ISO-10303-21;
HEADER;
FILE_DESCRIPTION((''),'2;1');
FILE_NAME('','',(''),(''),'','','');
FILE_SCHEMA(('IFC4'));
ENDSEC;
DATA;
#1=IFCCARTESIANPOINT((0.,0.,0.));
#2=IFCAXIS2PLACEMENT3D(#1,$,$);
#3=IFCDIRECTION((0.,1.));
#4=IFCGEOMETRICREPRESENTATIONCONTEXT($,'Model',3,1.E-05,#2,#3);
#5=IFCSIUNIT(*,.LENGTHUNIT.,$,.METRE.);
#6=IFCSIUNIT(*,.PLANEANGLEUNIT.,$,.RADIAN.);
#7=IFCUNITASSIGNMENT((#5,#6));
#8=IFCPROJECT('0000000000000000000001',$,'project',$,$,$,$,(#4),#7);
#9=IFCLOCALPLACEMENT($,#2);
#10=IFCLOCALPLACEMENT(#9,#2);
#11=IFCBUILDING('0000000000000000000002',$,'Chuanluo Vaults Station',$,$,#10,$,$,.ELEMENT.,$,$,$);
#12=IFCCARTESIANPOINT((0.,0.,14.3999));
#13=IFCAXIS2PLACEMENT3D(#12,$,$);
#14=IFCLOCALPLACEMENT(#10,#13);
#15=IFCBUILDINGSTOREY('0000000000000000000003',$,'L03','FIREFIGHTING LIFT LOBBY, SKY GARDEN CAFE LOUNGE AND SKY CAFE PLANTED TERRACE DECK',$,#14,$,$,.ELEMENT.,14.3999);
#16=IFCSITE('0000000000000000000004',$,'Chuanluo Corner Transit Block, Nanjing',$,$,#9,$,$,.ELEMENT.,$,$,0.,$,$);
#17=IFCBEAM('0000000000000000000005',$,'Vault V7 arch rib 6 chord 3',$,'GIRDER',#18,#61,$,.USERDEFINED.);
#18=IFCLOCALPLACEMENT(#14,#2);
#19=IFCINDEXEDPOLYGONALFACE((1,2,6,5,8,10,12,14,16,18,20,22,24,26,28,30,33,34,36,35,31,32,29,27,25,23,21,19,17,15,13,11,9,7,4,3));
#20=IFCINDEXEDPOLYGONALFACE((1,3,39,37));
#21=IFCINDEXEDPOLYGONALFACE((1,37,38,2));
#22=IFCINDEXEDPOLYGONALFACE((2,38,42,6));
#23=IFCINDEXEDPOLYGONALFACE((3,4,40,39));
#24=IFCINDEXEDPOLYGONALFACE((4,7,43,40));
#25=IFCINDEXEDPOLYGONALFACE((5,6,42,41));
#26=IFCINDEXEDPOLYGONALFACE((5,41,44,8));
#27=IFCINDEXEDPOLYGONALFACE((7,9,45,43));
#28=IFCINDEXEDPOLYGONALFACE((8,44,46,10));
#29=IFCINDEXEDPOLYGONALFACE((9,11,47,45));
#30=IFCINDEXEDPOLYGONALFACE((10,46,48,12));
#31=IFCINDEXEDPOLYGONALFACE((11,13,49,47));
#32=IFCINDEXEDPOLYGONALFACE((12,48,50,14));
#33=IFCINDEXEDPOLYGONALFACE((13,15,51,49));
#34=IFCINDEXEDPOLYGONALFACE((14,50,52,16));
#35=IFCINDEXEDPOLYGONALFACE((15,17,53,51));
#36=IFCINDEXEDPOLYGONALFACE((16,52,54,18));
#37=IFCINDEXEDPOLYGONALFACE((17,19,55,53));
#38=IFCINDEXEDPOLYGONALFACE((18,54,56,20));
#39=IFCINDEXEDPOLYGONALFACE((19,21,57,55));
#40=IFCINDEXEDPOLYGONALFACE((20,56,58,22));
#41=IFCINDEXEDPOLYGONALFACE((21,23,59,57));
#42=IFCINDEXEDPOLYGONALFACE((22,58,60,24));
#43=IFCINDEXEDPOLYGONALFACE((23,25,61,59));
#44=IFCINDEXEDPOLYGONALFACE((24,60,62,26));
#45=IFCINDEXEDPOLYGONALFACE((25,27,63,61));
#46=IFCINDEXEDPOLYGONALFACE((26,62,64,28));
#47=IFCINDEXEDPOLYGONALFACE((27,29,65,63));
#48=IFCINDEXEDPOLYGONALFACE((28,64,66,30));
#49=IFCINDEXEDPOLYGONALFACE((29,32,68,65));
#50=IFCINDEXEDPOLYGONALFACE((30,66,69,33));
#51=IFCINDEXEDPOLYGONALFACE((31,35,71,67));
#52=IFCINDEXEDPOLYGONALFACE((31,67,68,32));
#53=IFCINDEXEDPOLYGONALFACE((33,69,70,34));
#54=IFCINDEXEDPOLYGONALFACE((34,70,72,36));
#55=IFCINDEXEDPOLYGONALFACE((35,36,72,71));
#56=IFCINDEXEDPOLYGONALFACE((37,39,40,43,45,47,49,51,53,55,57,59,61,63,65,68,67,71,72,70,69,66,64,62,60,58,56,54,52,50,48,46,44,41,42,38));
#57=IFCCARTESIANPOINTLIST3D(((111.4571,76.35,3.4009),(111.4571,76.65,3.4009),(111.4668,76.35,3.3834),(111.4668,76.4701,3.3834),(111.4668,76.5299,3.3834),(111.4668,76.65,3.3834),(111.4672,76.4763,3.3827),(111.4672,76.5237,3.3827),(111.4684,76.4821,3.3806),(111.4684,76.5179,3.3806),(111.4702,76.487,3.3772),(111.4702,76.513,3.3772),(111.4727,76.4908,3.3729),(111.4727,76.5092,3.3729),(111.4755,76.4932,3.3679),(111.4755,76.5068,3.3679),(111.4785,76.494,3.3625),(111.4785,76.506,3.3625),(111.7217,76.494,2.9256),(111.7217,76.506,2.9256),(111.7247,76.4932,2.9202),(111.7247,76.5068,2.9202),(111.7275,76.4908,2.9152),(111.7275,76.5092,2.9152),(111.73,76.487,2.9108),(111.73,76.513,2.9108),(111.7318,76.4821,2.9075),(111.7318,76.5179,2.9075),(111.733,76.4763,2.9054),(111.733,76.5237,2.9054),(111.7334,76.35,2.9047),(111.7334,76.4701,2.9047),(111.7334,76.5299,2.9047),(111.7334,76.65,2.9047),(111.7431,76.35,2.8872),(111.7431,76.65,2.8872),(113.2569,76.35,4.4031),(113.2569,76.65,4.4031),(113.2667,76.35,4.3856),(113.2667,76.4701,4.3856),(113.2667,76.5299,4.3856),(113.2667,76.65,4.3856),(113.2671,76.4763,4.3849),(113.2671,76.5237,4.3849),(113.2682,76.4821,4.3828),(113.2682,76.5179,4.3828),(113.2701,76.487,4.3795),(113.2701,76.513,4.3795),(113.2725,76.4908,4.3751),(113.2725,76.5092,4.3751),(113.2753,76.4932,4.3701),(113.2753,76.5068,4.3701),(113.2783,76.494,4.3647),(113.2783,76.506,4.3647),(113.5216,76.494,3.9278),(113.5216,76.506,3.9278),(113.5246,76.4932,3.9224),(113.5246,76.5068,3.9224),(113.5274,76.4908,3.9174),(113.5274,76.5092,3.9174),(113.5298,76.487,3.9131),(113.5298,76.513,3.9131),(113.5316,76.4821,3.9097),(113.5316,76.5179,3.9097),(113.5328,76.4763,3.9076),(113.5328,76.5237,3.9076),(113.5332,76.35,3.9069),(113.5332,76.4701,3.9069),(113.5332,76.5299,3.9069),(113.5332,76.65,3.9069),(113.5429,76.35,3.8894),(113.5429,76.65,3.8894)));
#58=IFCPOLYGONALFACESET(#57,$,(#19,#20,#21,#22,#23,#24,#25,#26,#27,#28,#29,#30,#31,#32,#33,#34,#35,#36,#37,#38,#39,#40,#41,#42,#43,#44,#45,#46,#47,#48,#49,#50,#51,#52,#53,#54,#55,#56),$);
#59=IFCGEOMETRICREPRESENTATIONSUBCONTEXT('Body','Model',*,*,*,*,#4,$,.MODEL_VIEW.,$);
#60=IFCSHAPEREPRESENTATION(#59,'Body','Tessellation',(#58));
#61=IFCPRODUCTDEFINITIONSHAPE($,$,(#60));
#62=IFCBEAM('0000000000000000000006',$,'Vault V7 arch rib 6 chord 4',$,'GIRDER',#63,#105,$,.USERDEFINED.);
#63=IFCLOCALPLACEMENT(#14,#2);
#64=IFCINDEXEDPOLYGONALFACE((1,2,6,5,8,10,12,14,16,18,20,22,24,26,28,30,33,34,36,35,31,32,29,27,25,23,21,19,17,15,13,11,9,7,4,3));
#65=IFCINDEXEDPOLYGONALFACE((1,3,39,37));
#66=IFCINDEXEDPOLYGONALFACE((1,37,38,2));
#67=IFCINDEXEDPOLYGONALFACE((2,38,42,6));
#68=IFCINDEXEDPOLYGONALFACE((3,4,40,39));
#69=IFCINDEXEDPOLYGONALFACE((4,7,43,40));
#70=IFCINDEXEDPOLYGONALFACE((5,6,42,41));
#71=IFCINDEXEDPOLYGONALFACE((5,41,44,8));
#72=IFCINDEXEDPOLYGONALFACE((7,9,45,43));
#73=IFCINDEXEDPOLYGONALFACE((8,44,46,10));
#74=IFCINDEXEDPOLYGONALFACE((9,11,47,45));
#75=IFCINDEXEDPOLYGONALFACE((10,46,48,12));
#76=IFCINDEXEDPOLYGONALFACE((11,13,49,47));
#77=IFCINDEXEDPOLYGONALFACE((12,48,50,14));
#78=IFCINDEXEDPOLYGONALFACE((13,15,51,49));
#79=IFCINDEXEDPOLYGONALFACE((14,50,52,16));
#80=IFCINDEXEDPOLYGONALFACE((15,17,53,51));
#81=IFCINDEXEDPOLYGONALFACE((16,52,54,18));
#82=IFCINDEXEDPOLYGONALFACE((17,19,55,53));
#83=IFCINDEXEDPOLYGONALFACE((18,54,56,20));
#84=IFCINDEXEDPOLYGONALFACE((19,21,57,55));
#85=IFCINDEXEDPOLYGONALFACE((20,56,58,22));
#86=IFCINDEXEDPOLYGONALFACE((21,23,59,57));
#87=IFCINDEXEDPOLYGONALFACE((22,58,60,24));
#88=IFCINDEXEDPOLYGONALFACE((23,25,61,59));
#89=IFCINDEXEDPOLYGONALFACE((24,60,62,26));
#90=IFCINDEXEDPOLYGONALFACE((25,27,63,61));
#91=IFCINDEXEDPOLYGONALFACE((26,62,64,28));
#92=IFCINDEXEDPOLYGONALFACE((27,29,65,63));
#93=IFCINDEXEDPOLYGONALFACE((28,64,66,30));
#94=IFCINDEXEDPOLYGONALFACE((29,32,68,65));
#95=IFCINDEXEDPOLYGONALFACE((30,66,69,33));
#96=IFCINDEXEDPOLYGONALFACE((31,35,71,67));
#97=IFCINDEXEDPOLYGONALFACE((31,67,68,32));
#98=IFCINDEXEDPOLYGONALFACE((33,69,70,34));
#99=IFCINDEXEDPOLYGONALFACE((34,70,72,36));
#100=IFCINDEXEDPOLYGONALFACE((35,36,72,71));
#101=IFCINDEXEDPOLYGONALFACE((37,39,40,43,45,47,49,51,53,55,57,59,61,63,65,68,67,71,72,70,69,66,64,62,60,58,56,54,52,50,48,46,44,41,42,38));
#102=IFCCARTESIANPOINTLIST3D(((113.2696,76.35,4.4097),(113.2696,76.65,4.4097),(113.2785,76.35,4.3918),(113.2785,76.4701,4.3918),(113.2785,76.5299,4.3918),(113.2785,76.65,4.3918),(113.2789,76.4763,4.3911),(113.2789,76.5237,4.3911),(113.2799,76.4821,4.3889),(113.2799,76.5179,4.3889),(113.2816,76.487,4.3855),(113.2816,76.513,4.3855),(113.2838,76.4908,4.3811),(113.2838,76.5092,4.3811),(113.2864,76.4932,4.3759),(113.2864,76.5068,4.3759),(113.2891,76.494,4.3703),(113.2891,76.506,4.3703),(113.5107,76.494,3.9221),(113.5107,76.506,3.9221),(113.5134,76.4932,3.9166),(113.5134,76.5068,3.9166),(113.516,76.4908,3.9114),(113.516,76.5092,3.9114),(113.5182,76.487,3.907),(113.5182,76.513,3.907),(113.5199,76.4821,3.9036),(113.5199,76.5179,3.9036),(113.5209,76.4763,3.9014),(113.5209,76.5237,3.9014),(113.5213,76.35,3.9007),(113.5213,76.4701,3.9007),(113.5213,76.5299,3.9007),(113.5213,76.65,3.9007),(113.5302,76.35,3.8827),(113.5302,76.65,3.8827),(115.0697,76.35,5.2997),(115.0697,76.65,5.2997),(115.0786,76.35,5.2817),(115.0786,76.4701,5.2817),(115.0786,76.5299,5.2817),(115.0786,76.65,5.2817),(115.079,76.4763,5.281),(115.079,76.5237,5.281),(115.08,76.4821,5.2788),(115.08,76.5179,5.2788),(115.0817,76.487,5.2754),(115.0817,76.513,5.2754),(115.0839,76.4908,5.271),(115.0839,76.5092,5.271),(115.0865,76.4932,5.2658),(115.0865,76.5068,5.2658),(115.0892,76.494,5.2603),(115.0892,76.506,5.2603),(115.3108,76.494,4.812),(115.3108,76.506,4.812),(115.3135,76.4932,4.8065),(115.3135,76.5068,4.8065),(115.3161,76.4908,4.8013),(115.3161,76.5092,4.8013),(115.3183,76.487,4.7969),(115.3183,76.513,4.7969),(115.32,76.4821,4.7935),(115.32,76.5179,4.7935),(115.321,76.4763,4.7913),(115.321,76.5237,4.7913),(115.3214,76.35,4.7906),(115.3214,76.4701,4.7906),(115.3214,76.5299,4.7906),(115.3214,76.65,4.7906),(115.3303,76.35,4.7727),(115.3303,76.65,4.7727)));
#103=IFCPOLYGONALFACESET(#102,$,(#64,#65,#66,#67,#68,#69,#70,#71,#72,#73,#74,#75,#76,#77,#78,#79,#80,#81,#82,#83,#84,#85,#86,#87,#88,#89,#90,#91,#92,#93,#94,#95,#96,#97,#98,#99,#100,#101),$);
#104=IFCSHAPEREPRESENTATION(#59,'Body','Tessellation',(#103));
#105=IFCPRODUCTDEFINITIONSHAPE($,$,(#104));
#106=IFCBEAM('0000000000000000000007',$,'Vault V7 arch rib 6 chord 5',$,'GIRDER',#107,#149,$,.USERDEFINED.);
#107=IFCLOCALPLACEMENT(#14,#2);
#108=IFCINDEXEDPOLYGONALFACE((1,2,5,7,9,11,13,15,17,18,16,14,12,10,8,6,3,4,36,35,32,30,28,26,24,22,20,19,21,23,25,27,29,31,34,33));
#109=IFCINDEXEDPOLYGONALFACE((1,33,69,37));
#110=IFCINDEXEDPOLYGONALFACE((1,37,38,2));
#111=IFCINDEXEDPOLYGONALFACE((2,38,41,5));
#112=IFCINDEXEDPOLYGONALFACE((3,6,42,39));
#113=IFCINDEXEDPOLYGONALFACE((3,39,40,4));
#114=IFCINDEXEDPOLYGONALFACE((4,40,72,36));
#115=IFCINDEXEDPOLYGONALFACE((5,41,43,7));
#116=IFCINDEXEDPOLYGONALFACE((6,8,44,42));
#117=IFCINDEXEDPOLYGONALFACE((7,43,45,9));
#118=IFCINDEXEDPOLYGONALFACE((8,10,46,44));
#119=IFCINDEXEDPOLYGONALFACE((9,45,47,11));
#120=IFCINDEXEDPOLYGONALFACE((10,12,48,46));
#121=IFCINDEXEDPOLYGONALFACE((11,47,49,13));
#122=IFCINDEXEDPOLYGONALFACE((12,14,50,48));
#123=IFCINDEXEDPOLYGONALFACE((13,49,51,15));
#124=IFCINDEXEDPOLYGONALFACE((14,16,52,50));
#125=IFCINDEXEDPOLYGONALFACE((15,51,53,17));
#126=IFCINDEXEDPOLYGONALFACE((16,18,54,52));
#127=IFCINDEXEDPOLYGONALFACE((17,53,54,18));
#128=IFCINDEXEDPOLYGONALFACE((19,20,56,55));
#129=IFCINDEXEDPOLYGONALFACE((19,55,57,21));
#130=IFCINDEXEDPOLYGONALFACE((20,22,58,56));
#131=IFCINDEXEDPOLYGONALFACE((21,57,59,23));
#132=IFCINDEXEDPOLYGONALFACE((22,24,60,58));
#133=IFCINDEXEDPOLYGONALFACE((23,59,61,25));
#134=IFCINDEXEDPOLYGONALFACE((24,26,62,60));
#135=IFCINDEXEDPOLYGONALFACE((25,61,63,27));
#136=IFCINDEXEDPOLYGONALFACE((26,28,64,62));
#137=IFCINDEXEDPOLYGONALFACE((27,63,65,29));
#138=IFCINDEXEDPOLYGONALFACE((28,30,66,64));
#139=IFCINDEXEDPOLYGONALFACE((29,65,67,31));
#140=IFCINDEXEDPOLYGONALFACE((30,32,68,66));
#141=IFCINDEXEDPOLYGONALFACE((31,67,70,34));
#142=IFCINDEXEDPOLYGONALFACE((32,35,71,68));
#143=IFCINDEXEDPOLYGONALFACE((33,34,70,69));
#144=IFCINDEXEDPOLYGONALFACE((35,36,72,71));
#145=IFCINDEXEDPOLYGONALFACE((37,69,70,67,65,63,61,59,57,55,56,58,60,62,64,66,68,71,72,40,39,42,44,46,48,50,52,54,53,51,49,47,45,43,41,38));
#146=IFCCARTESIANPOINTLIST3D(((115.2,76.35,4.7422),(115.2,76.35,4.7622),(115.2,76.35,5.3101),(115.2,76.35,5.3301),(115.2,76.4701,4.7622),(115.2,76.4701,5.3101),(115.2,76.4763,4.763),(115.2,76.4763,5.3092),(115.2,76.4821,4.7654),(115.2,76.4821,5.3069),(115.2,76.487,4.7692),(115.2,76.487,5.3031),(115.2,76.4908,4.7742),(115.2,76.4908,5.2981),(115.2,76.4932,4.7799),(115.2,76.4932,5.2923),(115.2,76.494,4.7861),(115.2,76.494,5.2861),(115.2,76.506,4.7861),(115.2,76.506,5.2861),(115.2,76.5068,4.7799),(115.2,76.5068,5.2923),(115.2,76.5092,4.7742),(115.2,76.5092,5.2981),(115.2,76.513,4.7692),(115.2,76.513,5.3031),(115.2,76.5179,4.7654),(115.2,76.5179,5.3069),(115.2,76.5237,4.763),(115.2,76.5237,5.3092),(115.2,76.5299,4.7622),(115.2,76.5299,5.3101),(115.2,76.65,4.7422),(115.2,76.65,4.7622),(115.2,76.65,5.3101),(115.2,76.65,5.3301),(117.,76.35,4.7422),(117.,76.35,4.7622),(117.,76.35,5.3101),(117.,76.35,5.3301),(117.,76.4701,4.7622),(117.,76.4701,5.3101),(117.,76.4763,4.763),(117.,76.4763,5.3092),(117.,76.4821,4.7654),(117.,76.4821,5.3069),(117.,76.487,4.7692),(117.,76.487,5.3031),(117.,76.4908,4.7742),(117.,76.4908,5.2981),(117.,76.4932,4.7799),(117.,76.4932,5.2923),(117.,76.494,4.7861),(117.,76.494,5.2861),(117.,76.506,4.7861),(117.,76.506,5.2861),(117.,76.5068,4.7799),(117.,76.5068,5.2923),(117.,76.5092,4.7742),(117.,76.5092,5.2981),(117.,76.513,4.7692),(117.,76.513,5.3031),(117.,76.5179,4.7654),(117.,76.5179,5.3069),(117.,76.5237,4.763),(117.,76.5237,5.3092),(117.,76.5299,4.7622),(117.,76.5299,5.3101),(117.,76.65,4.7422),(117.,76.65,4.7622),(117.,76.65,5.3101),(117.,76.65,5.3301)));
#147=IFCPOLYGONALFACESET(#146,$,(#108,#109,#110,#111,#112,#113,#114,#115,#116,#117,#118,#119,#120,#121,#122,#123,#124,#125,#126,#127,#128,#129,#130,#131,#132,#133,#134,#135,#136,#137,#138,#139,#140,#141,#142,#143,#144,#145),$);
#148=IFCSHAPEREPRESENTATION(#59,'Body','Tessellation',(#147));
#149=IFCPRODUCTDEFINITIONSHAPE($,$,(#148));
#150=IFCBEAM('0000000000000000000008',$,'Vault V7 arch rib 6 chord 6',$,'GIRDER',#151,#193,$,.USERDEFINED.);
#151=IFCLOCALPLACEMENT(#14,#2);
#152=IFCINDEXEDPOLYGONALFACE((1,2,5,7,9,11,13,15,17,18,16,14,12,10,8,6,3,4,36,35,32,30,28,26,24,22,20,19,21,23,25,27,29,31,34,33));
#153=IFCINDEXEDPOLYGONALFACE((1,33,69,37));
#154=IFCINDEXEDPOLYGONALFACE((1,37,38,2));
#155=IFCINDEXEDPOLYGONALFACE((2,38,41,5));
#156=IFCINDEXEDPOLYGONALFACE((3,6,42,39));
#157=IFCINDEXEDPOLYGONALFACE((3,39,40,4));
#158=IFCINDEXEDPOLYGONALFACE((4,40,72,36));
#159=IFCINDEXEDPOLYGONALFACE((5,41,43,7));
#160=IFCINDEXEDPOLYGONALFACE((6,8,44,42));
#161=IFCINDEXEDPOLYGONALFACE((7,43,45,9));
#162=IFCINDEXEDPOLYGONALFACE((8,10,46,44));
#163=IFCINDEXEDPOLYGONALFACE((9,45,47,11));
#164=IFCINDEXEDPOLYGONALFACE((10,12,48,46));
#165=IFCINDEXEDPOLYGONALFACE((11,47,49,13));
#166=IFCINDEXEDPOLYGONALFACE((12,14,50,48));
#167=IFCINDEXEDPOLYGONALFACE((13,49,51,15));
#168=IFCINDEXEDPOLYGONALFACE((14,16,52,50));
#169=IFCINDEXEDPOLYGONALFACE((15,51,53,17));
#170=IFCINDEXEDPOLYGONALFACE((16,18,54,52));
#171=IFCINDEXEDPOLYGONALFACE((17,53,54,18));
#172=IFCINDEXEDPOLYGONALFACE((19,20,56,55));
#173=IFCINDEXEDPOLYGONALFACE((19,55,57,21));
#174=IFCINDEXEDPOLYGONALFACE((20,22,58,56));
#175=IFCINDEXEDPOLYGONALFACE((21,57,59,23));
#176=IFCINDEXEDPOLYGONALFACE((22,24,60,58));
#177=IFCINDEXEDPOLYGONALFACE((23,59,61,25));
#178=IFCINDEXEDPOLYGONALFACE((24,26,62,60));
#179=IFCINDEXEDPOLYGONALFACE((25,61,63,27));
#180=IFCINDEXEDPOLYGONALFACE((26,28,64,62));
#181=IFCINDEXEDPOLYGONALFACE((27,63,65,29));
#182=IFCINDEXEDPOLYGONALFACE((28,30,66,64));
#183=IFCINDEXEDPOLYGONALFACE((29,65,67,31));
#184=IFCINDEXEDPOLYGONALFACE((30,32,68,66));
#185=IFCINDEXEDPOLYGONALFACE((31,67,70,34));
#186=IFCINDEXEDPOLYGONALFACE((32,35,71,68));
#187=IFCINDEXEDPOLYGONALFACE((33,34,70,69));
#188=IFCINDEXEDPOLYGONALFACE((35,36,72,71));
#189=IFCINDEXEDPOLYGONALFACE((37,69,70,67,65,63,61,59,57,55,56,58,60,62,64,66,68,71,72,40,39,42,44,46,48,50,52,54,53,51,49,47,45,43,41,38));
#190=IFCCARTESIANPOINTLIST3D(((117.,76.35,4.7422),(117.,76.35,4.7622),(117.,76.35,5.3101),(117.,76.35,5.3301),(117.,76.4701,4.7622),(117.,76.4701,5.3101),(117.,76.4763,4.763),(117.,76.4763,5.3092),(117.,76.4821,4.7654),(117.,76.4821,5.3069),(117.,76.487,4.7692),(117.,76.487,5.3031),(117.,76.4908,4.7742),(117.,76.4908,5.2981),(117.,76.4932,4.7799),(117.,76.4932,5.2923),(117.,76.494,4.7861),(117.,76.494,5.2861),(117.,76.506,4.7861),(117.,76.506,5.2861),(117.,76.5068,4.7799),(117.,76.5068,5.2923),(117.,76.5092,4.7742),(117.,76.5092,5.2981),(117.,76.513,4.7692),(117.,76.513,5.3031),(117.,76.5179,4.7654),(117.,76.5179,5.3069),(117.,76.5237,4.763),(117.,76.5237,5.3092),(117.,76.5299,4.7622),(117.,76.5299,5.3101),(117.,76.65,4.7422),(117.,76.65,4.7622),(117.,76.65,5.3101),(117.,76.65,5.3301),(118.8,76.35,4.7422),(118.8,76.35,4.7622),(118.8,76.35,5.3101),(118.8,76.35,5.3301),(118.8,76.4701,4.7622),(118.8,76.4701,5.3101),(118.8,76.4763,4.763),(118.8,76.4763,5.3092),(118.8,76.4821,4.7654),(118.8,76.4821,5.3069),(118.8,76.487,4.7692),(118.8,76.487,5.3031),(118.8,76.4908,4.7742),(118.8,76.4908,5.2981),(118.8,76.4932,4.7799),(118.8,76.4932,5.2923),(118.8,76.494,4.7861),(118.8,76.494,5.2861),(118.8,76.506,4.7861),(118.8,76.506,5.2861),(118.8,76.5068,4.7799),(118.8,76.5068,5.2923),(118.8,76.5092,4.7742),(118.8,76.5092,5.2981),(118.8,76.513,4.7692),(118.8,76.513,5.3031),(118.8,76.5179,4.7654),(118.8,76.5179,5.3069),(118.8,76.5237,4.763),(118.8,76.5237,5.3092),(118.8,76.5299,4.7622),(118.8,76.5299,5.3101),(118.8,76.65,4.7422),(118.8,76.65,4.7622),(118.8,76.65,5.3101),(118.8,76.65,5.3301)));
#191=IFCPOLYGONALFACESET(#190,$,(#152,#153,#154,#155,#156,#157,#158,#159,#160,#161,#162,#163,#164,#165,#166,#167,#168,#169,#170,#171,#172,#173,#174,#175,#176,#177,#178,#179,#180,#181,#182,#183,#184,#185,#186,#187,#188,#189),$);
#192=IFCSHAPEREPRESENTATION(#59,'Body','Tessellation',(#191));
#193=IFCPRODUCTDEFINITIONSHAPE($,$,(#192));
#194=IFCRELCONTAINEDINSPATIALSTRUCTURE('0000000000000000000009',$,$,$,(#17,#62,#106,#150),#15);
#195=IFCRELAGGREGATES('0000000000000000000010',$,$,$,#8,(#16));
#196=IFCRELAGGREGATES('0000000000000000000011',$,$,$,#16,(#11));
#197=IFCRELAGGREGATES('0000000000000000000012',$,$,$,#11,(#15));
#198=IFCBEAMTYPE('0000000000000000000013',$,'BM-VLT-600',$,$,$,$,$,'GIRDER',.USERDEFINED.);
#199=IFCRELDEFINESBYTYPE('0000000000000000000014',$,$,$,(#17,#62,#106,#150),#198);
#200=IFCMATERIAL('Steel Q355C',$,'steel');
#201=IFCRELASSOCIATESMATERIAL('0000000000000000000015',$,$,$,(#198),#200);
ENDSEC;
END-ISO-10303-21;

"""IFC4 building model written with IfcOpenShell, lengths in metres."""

from ifc_helpers import new_model, si_unit, direction, frame, origin, origin_2d, place, context, subcontext, project, spatial, i_section, extrude, material, material_profile, profile_set, type_object, element, save


model = new_model("IFC4")

# Units and contexts
model_context = context("Model", 3, precision=1e-05, world=origin(), true_north=direction((0.0, 1.0)))
body_context = subcontext(model_context, "Body", "Model", "MODEL_VIEW")
ifc_project = project(units=[si_unit("LENGTHUNIT", "METRE"), si_unit("PLANEANGLEUNIT", "RADIAN")], contexts=[model_context])

# Site, building, storey
site_placement = place(None, origin())
site = spatial("IfcSite", under=ifc_project, at=site_placement, Name="Chuanluo Corner Transit Block, Nanjing", CompositionType="ELEMENT", RefElevation=0.0)
building_placement = place(site_placement, origin())
building = spatial("IfcBuilding", under=site, at=building_placement, Name="Chuanluo Vaults Station", CompositionType="ELEMENT")
storey_placement = place(building_placement, frame((0.0, 0.0, 14.3999)))
storey = spatial("IfcBuildingStorey", under=building, at=storey_placement, Name="L03", Description="FIREFIGHTING LIFT LOBBY, SKY GARDEN CAFE LOUNGE AND SKY CAFE PLANTED TERRACE DECK", CompositionType="ELEMENT", Elevation=14.3999)

# Beams
ifc_material_1 = material(Name="Steel Q355C", Category="steel")
ifc_material_profile_1 = material_profile(ifc_material_1, i_section(OverallWidth=0.3, OverallDepth=0.5879, WebThickness=0.012, FlangeThickness=0.02, FilletRadius=0.0239, at=origin_2d()))
ifc_profile_set_1 = profile_set([ifc_material_profile_1], Name="Steel Q355C")
beam_type_1 = type_object("IfcBeamType", Name="BM-VLT-600", ElementType="GIRDER", PredefinedType="USERDEFINED", material=ifc_profile_set_1)
beam_1_placement = place(storey_placement, frame((111.6001, 76.5, 3.144), z_axis=(0.873682, 0.0, 0.486498), x_axis=(0.0, 1.0, 0.0)))
element("IfcBeam", 1, at=beam_1_placement, inside=storey, type_object=beam_type_1, Name="Vault V7 arch rib 6 chord 3", ObjectType="GIRDER", PredefinedType="USERDEFINED", context=body_context, shape_type="SweptSolid", body=[
    extrude(i_section(OverallWidth=0.3, OverallDepth=0.5879, WebThickness=0.012, FlangeThickness=0.02, FilletRadius=0.0239, at=origin_2d()), origin(), (0.0, 0.0, 1.0), 2.0601),
])
beam_2_placement = place(storey_placement, frame((113.3999, 76.5, 4.1462), z_axis=(0.896436, 0.0, 0.443172), x_axis=(0.0, 1.0, 0.0)))
element("IfcBeam", 2, at=beam_2_placement, inside=storey, type_object=beam_type_1, Name="Vault V7 arch rib 6 chord 4", ObjectType="GIRDER", PredefinedType="USERDEFINED", context=body_context, shape_type="SweptSolid", body=[
    extrude(i_section(OverallWidth=0.3, OverallDepth=0.5879, WebThickness=0.012, FlangeThickness=0.02, FilletRadius=0.0239, at=origin_2d()), origin(), (0.0, 0.0, 1.0), 2.0081),
])
for number, where, z_axis, x_axis, name in (
    (3, (115.2, 76.5, 5.0361), (1.0, 0.0, 0.0), (0.0, 1.0, 0.0), "Vault V7 arch rib 6 chord 5"),
    (4, (117.0, 76.5, 5.0361), (1.0, 0.0, 0.0), (0.0, 1.0, 0.0), "Vault V7 arch rib 6 chord 6"),
):
    element("IfcBeam", number, at=place(storey_placement, frame(where, z_axis=z_axis, x_axis=x_axis)), inside=storey, type_object=beam_type_1, Name=name, ObjectType="GIRDER", PredefinedType="USERDEFINED", context=body_context, shape_type="SweptSolid", body=[
        extrude(i_section(OverallWidth=0.3, OverallDepth=0.5879, WebThickness=0.012, FlangeThickness=0.02, FilletRadius=0.0239, at=origin_2d()), origin(), (0.0, 0.0, 1.0), 1.8),
    ])

save(model, "model.ifc")
